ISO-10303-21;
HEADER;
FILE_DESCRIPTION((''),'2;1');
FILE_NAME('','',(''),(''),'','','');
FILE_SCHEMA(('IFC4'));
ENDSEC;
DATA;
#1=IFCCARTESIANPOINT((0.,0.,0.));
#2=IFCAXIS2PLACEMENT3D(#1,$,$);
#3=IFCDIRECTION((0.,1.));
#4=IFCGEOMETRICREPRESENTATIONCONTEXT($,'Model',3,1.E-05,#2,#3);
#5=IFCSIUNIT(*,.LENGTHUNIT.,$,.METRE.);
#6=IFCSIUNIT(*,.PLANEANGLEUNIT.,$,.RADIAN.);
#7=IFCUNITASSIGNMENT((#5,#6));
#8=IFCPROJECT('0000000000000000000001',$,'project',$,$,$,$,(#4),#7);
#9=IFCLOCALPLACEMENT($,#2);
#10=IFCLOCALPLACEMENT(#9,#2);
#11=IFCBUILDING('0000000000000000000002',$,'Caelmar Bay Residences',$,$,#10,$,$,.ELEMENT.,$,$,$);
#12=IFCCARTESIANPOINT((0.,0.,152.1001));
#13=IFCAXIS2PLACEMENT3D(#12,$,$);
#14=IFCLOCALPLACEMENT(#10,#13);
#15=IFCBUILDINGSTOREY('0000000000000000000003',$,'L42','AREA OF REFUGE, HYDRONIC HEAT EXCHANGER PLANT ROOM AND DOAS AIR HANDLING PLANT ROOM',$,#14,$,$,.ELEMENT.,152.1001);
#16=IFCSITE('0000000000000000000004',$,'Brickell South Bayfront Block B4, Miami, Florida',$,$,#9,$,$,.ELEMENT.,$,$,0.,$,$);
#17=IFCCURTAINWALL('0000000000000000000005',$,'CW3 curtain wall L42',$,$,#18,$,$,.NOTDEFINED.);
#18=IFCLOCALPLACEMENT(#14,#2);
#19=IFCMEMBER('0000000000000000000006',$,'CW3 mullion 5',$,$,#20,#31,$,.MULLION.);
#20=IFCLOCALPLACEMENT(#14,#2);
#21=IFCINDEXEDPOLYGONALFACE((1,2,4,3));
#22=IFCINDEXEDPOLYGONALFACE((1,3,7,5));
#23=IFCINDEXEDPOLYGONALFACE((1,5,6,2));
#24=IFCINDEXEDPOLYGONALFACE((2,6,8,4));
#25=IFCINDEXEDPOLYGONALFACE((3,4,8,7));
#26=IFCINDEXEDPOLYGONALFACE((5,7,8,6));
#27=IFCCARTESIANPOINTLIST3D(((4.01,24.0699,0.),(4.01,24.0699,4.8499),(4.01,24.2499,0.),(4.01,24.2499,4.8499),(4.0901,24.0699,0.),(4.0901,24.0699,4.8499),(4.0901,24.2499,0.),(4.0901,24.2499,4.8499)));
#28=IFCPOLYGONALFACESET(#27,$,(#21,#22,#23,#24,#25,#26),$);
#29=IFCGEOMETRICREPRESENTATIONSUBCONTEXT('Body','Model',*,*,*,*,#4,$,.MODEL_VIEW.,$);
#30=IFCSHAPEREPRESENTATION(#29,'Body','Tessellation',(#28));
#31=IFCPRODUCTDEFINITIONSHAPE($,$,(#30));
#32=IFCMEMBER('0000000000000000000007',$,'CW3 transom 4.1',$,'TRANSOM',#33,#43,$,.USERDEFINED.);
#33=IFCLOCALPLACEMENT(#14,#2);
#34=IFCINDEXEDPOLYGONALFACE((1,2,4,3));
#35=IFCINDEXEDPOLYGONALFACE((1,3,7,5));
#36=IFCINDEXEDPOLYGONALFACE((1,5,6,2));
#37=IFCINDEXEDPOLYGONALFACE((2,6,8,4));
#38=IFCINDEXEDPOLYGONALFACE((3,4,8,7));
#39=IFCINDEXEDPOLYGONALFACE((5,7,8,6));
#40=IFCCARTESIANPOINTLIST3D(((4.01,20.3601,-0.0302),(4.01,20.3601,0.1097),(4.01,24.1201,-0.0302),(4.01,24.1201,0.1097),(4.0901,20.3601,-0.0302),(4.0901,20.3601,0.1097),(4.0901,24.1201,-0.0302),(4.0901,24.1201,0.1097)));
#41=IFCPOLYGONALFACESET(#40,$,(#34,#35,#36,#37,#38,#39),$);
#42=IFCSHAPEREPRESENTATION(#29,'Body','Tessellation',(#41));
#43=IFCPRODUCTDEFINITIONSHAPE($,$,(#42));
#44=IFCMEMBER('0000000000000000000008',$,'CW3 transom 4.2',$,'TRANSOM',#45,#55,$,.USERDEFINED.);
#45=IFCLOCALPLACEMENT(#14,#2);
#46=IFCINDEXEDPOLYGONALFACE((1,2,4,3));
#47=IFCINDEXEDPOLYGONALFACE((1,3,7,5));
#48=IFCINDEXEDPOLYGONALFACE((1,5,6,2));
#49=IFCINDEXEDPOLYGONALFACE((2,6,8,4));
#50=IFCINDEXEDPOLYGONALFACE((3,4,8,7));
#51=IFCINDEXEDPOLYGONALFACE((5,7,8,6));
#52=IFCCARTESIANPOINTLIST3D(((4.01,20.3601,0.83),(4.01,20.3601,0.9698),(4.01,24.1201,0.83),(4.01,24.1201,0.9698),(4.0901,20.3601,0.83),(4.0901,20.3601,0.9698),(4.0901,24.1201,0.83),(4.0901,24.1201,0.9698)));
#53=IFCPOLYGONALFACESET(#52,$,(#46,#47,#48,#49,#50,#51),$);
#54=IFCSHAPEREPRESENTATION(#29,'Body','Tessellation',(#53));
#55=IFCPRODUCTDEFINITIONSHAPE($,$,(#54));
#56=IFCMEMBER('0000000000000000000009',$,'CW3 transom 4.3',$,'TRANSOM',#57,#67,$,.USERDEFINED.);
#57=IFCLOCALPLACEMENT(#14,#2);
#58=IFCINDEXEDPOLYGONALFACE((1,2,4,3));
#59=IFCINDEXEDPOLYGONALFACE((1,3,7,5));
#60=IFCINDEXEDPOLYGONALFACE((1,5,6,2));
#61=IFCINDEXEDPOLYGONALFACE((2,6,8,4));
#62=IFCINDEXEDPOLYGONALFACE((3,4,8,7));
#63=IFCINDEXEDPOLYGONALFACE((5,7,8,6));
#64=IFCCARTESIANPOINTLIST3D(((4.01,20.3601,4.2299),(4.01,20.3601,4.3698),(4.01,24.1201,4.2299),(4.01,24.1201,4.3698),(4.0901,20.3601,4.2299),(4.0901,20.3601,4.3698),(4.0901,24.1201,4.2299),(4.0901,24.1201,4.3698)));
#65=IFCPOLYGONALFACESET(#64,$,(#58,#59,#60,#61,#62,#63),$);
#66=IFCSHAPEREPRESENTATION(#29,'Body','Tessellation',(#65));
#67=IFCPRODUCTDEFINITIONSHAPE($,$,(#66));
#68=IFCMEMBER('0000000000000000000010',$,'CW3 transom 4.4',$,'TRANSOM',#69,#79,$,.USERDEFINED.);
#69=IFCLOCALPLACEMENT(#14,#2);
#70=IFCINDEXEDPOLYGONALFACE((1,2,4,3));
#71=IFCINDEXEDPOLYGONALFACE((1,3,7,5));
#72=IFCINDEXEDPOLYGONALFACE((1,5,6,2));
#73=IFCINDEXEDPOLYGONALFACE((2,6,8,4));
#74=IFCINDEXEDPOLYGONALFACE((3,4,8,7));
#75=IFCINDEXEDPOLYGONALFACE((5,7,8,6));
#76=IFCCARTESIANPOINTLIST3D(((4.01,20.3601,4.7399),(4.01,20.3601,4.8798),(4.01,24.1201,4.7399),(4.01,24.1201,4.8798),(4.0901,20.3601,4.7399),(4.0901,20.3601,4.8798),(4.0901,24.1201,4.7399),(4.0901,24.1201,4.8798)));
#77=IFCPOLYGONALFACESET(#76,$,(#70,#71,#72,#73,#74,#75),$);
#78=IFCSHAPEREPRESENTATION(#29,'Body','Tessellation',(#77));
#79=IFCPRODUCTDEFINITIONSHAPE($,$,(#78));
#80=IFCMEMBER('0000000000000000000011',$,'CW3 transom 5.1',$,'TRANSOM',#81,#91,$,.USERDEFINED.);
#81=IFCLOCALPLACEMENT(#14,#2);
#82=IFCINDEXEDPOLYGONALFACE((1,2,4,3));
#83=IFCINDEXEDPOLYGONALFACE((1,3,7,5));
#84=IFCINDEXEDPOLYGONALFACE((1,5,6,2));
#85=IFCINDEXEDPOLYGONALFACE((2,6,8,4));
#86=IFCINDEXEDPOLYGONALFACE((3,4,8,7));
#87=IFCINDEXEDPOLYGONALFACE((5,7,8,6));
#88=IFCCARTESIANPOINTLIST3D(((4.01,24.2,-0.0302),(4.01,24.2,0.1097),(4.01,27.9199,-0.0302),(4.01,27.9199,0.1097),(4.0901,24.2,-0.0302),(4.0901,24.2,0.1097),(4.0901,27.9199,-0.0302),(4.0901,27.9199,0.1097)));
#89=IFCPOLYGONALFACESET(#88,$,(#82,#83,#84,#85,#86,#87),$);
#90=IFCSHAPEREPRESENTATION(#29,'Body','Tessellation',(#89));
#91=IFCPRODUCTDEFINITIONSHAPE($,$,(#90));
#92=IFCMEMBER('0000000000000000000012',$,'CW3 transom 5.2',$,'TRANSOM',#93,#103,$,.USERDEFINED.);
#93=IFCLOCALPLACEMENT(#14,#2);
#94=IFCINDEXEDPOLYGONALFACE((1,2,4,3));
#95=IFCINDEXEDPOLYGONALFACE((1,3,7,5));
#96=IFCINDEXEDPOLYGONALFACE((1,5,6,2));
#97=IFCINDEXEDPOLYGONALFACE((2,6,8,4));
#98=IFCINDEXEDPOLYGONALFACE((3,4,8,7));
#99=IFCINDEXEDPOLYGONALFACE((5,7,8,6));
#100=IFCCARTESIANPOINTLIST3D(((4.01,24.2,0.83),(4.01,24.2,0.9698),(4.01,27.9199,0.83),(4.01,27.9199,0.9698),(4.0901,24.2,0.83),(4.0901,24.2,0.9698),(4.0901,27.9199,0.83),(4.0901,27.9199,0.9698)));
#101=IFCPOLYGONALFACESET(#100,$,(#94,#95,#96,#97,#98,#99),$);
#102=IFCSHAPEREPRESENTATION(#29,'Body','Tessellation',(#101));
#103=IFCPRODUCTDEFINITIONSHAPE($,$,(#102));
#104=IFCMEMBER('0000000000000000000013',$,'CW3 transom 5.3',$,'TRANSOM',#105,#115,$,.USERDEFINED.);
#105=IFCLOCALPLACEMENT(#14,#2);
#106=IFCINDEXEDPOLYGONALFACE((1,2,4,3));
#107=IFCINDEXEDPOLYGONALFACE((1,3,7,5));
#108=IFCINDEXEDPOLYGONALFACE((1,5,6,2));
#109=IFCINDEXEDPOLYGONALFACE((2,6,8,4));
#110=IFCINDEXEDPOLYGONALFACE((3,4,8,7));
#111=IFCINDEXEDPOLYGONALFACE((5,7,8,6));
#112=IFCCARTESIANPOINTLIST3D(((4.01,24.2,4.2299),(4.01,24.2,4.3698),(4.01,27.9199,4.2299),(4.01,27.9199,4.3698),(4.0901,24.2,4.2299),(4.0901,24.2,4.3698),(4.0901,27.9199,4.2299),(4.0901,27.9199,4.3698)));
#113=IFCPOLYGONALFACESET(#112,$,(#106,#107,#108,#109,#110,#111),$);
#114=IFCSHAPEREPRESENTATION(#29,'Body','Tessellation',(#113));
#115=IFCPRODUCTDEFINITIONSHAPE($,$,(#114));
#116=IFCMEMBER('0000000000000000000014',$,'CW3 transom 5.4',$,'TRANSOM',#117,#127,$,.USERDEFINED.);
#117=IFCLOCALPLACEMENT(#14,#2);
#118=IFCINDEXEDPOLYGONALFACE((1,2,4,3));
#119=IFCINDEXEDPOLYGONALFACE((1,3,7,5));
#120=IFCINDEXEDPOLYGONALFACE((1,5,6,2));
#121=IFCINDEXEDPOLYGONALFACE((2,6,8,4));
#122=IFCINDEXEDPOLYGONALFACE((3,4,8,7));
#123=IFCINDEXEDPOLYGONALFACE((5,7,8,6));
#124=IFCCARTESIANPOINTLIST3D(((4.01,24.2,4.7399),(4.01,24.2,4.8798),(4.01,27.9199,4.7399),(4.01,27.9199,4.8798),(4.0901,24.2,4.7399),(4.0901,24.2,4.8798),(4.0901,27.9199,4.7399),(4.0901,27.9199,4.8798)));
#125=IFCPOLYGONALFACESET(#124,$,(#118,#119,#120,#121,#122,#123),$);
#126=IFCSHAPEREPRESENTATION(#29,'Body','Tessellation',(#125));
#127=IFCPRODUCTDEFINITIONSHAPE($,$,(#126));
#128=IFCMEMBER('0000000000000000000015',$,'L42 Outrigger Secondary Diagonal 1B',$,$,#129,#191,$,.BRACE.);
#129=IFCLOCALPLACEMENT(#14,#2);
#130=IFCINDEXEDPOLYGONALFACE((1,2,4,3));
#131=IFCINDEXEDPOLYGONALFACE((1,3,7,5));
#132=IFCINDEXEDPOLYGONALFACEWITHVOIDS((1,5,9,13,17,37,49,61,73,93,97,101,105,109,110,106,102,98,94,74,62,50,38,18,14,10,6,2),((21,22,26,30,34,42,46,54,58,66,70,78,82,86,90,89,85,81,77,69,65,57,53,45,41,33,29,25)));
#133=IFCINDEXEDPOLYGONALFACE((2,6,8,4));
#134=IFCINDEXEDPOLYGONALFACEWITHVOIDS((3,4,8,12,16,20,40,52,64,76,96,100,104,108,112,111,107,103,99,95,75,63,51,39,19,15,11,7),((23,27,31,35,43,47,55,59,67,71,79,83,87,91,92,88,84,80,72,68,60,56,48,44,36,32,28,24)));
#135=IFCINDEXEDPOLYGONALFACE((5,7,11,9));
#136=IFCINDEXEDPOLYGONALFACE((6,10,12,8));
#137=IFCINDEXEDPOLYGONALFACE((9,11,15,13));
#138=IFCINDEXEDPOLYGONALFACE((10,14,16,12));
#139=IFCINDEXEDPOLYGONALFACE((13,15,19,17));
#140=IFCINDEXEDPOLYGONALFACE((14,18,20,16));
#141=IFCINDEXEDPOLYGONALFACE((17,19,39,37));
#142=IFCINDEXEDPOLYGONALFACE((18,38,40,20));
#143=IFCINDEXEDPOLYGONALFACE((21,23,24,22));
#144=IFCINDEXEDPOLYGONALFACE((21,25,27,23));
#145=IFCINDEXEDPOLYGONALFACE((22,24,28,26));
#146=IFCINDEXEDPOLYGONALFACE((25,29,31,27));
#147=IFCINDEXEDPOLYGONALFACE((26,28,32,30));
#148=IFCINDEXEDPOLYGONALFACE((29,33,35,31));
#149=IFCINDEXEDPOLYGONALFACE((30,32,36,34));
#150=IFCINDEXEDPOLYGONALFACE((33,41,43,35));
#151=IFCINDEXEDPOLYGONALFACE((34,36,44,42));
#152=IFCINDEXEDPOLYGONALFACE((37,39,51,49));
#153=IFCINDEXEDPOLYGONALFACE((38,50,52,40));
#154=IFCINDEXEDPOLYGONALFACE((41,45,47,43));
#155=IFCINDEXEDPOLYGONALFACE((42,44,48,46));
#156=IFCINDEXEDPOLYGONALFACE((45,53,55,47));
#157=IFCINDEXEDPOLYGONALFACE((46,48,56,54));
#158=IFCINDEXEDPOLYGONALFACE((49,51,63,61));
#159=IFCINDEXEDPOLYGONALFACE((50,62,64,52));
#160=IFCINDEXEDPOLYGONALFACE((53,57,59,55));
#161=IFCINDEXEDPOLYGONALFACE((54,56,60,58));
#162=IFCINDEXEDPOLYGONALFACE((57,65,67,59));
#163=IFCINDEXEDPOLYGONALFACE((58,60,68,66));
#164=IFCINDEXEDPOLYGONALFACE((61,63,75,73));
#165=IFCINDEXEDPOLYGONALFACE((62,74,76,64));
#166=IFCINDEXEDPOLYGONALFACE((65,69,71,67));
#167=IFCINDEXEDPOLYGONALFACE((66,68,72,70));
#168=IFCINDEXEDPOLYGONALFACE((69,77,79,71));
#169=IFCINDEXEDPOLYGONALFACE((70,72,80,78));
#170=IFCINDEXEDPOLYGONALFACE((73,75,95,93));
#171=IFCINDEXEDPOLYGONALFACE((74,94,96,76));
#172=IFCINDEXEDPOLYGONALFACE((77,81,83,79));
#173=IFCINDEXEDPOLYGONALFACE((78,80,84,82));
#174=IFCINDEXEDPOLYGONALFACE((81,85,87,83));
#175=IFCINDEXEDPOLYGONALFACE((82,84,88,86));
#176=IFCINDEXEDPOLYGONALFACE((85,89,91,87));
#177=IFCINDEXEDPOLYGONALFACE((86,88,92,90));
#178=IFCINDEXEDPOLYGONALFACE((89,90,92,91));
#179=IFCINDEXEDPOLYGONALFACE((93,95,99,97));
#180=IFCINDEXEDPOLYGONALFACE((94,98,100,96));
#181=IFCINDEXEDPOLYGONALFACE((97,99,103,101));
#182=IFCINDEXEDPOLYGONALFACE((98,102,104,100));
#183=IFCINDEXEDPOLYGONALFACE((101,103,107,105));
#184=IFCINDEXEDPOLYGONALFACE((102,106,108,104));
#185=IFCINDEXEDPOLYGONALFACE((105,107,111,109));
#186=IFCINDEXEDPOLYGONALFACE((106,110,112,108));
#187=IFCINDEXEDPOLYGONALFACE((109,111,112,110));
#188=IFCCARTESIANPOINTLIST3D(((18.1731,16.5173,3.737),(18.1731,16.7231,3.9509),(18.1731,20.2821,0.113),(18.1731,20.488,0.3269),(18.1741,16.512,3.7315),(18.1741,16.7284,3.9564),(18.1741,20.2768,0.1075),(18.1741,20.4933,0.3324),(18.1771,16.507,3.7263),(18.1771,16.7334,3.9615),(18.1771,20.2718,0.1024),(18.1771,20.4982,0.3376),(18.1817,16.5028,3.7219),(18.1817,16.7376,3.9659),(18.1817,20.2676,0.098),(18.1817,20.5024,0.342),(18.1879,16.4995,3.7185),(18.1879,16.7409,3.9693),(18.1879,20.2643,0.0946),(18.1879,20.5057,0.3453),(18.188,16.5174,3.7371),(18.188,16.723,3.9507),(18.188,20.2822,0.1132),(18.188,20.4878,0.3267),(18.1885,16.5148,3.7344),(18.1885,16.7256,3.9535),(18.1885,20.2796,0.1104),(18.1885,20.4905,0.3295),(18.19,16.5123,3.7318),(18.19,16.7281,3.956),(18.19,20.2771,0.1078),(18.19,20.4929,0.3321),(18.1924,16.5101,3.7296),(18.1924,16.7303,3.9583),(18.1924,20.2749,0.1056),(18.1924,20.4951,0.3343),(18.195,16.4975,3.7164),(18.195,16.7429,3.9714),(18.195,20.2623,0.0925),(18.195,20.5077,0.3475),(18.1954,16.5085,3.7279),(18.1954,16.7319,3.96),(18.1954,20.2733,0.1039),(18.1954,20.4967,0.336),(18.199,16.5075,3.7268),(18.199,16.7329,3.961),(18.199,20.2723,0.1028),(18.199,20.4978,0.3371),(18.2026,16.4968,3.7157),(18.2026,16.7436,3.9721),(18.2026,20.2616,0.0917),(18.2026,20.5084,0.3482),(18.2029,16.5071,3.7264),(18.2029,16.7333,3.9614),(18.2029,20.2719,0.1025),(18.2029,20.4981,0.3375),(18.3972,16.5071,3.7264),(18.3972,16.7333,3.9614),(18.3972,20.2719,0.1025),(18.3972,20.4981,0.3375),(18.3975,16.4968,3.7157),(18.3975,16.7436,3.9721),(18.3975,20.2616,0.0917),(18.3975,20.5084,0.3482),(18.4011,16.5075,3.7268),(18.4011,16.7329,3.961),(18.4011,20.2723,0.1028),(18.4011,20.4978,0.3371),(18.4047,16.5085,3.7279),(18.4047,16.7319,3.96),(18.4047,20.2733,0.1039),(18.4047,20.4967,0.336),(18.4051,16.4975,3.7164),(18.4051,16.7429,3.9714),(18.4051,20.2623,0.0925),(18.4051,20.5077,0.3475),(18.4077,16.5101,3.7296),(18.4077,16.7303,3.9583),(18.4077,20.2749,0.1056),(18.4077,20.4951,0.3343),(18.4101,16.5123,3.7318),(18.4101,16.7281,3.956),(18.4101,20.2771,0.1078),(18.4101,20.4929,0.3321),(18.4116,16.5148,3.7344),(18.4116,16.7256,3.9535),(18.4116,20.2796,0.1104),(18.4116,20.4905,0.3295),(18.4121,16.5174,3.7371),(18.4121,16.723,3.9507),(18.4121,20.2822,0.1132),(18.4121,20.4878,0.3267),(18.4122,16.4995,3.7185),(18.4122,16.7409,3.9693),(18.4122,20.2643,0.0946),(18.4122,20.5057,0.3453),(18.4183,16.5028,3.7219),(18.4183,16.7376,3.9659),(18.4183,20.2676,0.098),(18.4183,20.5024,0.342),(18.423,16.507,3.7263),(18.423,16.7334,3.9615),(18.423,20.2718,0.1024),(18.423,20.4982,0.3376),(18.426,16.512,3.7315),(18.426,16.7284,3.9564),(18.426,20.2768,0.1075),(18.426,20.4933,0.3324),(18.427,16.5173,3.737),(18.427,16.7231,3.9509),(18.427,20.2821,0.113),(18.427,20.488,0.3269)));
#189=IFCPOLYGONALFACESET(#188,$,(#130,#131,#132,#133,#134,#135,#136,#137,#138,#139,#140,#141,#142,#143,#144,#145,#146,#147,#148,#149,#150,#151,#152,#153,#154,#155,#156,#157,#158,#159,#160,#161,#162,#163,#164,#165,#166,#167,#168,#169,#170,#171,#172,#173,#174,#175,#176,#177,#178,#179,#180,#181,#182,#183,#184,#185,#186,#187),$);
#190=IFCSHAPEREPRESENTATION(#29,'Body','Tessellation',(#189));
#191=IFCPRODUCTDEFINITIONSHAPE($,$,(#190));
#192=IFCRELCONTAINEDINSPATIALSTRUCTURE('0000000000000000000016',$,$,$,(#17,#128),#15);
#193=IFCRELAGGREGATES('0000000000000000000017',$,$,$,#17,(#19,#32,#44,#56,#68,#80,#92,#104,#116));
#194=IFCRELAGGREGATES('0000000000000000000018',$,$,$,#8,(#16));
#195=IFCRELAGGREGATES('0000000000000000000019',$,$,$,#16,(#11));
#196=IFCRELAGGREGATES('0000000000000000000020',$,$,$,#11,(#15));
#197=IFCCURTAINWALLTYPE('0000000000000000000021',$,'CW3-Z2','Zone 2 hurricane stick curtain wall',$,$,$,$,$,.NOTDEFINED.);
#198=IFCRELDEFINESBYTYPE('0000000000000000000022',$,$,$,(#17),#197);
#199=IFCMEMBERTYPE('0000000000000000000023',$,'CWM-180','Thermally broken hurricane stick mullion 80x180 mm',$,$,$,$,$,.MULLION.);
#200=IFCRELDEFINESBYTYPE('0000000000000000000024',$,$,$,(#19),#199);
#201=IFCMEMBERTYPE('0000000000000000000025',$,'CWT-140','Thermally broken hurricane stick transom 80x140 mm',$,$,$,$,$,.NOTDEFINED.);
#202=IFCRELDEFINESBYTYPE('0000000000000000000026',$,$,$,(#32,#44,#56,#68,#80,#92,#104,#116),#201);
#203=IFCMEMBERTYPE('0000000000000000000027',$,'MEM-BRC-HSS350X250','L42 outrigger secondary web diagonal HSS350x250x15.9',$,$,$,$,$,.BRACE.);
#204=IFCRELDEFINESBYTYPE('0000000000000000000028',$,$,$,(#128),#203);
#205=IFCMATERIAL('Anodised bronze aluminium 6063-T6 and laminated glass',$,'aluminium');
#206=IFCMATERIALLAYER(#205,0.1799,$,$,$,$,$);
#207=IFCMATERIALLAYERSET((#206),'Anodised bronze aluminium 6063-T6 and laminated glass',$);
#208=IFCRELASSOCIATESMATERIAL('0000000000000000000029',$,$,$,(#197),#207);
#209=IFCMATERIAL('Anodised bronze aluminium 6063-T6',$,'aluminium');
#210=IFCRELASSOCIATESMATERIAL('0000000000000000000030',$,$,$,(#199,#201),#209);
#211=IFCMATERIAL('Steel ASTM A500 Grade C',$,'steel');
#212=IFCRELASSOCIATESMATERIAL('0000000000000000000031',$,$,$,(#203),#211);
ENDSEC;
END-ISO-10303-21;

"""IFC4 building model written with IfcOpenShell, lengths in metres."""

from ifc_helpers import new_model, si_unit, direction, frame, origin, origin_2d, place, context, subcontext, project, spatial, rectangle, hollow_rectangle, extrude, material, layer, layer_set, material_profile, profile_set, type_object, element, aggregate, save


model = new_model("IFC4")

# Units and contexts
model_context = context("Model", 3, precision=1e-05, world=origin(), true_north=direction((0.0, 1.0)))
body_context = subcontext(model_context, "Body", "Model", "MODEL_VIEW")
ifc_project = project(units=[si_unit("LENGTHUNIT", "METRE"), si_unit("PLANEANGLEUNIT", "RADIAN")], contexts=[model_context])

# Site, building, storey
site_placement = place(None, origin())
site = spatial("IfcSite", under=ifc_project, at=site_placement, Name="Brickell South Bayfront Block B4, Miami, Florida", CompositionType="ELEMENT", RefElevation=0.0)
building_placement = place(site_placement, origin())
building = spatial("IfcBuilding", under=site, at=building_placement, Name="Caelmar Bay Residences", CompositionType="ELEMENT")
storey_placement = place(building_placement, frame((0.0, 0.0, 152.1001)))
storey = spatial("IfcBuildingStorey", under=building, at=storey_placement, Name="L42", Description="AREA OF REFUGE, HYDRONIC HEAT EXCHANGER PLANT ROOM AND DOAS AIR HANDLING PLANT ROOM", CompositionType="ELEMENT", Elevation=152.1001)

# Curtain wall, members
ifc_material_1 = material(Name="Anodised bronze aluminium 6063-T6 and laminated glass", Category="aluminium")
ifc_layer_1 = layer(ifc_material_1, 0.1799)
ifc_layer_set_1 = layer_set([ifc_layer_1], Name="Anodised bronze aluminium 6063-T6 and laminated glass")
curtain_wall_type = type_object("IfcCurtainWallType", Name="CW3-Z2", Description="Zone 2 hurricane stick curtain wall", PredefinedType="NOTDEFINED", material=ifc_layer_set_1)
curtain_wall_placement = place(storey_placement, origin())
curtain_wall = element("IfcCurtainWall", 1, at=curtain_wall_placement, inside=storey, type_object=curtain_wall_type, Name="CW3 curtain wall L42", PredefinedType="NOTDEFINED")
ifc_material_2 = material(Name="Anodised bronze aluminium 6063-T6", Category="aluminium")
ifc_material_profile_1 = material_profile(ifc_material_2, rectangle(XDim=0.0801, YDim=0.1799, at=origin_2d()), Name="CWM-80X180")
ifc_profile_set_1 = profile_set([ifc_material_profile_1], Name="Anodised bronze aluminium 6063-T6")
member_type_1 = type_object("IfcMemberType", Name="CWM-180", Description="Thermally broken hurricane stick mullion 80x180 mm", PredefinedType="MULLION", material=ifc_profile_set_1)
member_1_placement = place(storey_placement, frame((4.05, 24.1599, 0.0), z_axis=(0.0, 0.0, 1.0), x_axis=(-1.0, 0.0, 0.0)))
member_1 = element("IfcMember", 2, at=member_1_placement, type_object=member_type_1, Name="CW3 mullion 5", PredefinedType="MULLION", context=body_context, shape_type="SweptSolid", body=[
    extrude(rectangle(XDim=0.0801, YDim=0.1799, at=origin_2d()), origin(), (0.0, 0.0, 1.0), 4.8499),
])
ifc_material_profile_2 = material_profile(ifc_material_2, rectangle(XDim=0.0801, YDim=0.1399, at=origin_2d()), Name="CWT-80X140")
ifc_profile_set_2 = profile_set([ifc_material_profile_2], Name="Anodised bronze aluminium 6063-T6")
member_type_2 = type_object("IfcMemberType", Name="CWT-140", Description="Thermally broken hurricane stick transom 80x140 mm", PredefinedType="NOTDEFINED", material=ifc_profile_set_2)
member_2_placement = place(storey_placement, frame((4.05, 20.3601, 0.0398), z_axis=(0.0, 1.0, 0.0), x_axis=(-1.0, 0.0, 0.0)))
member_2 = element("IfcMember", 3, at=member_2_placement, type_object=member_type_2, Name="CW3 transom 4.1", ObjectType="TRANSOM", PredefinedType="USERDEFINED", context=body_context, shape_type="SweptSolid", body=[
    extrude(rectangle(XDim=0.0801, YDim=0.1399, at=origin_2d()), origin(), (0.0, 0.0, 1.0), 3.76),
])
member_3_placement = place(storey_placement, frame((4.05, 20.3601, 0.8999), z_axis=(0.0, 1.0, 0.0), x_axis=(-1.0, 0.0, 0.0)))
member_3 = element("IfcMember", 4, at=member_3_placement, type_object=member_type_2, Name="CW3 transom 4.2", ObjectType="TRANSOM", PredefinedType="USERDEFINED", context=body_context, shape_type="SweptSolid", body=[
    extrude(rectangle(XDim=0.0801, YDim=0.1399, at=origin_2d()), origin(), (0.0, 0.0, 1.0), 3.76),
])
member_4_placement = place(storey_placement, frame((4.05, 20.3601, 4.2998), z_axis=(0.0, 1.0, 0.0), x_axis=(-1.0, 0.0, 0.0)))
member_4 = element("IfcMember", 5, at=member_4_placement, type_object=member_type_2, Name="CW3 transom 4.3", ObjectType="TRANSOM", PredefinedType="USERDEFINED", context=body_context, shape_type="SweptSolid", body=[
    extrude(rectangle(XDim=0.0801, YDim=0.1399, at=origin_2d()), origin(), (0.0, 0.0, 1.0), 3.76),
])
member_5_placement = place(storey_placement, frame((4.05, 20.3601, 4.8098), z_axis=(0.0, 1.0, 0.0), x_axis=(-1.0, 0.0, 0.0)))
member_5 = element("IfcMember", 6, at=member_5_placement, type_object=member_type_2, Name="CW3 transom 4.4", ObjectType="TRANSOM", PredefinedType="USERDEFINED", context=body_context, shape_type="SweptSolid", body=[
    extrude(rectangle(XDim=0.0801, YDim=0.1399, at=origin_2d()), origin(), (0.0, 0.0, 1.0), 3.76),
])
member_6_placement = place(storey_placement, frame((4.05, 24.2, 0.0398), z_axis=(0.0, 1.0, 0.0), x_axis=(-1.0, 0.0, 0.0)))
member_6 = element("IfcMember", 7, at=member_6_placement, type_object=member_type_2, Name="CW3 transom 5.1", ObjectType="TRANSOM", PredefinedType="USERDEFINED", context=body_context, shape_type="SweptSolid", body=[
    extrude(rectangle(XDim=0.0801, YDim=0.1399, at=origin_2d()), origin(), (0.0, 0.0, 1.0), 3.72),
])
member_7_placement = place(storey_placement, frame((4.05, 24.2, 0.8999), z_axis=(0.0, 1.0, 0.0), x_axis=(-1.0, 0.0, 0.0)))
member_7 = element("IfcMember", 8, at=member_7_placement, type_object=member_type_2, Name="CW3 transom 5.2", ObjectType="TRANSOM", PredefinedType="USERDEFINED", context=body_context, shape_type="SweptSolid", body=[
    extrude(rectangle(XDim=0.0801, YDim=0.1399, at=origin_2d()), origin(), (0.0, 0.0, 1.0), 3.72),
])
member_8_placement = place(storey_placement, frame((4.05, 24.2, 4.2998), z_axis=(0.0, 1.0, 0.0), x_axis=(-1.0, 0.0, 0.0)))
member_8 = element("IfcMember", 9, at=member_8_placement, type_object=member_type_2, Name="CW3 transom 5.3", ObjectType="TRANSOM", PredefinedType="USERDEFINED", context=body_context, shape_type="SweptSolid", body=[
    extrude(rectangle(XDim=0.0801, YDim=0.1399, at=origin_2d()), origin(), (0.0, 0.0, 1.0), 3.72),
])
member_9_placement = place(storey_placement, frame((4.05, 24.2, 4.8098), z_axis=(0.0, 1.0, 0.0), x_axis=(-1.0, 0.0, 0.0)))
member_9 = element("IfcMember", 10, at=member_9_placement, type_object=member_type_2, Name="CW3 transom 5.4", ObjectType="TRANSOM", PredefinedType="USERDEFINED", context=body_context, shape_type="SweptSolid", body=[
    extrude(rectangle(XDim=0.0801, YDim=0.1399, at=origin_2d()), origin(), (0.0, 0.0, 1.0), 3.72),
])

# Member
ifc_material_3 = material(Name="Steel ASTM A500 Grade C", Category="steel")
ifc_material_profile_3 = material_profile(ifc_material_3, hollow_rectangle(XDim=0.2539, YDim=0.356, WallThickness=0.0149, InnerFilletRadius=0.0149, OuterFilletRadius=0.0295, at=origin_2d()), Name="HSS350X250X15.9")
ifc_profile_set_3 = profile_set([ifc_material_profile_3], Name="Steel ASTM A500 Grade C")
member_type_3 = type_object("IfcMemberType", Name="MEM-BRC-HSS350X250", Description="L42 outrigger secondary web diagonal HSS350x250x15.9", PredefinedType="BRACE", material=ifc_profile_set_3)
member_10_placement = place(storey_placement, frame((18.3, 20.385, 0.22), z_axis=(0.0, -0.720457, 0.6935), x_axis=(1.0, 0.0, 0.0)))
element("IfcMember", 11, at=member_10_placement, inside=storey, type_object=member_type_3, Name="L42 Outrigger Secondary Diagonal 1B", PredefinedType="BRACE", context=body_context, shape_type="SweptSolid", body=[
    extrude(hollow_rectangle(XDim=0.2539, YDim=0.356, WallThickness=0.0149, InnerFilletRadius=0.0149, OuterFilletRadius=0.0295, at=origin_2d()), origin(), (0.0, 0.0, 1.0), 5.2256),
])

aggregate(curtain_wall, [member_1, member_2, member_3, member_4, member_5, member_6, member_7, member_8, member_9])

save(model, "model.ifc")
